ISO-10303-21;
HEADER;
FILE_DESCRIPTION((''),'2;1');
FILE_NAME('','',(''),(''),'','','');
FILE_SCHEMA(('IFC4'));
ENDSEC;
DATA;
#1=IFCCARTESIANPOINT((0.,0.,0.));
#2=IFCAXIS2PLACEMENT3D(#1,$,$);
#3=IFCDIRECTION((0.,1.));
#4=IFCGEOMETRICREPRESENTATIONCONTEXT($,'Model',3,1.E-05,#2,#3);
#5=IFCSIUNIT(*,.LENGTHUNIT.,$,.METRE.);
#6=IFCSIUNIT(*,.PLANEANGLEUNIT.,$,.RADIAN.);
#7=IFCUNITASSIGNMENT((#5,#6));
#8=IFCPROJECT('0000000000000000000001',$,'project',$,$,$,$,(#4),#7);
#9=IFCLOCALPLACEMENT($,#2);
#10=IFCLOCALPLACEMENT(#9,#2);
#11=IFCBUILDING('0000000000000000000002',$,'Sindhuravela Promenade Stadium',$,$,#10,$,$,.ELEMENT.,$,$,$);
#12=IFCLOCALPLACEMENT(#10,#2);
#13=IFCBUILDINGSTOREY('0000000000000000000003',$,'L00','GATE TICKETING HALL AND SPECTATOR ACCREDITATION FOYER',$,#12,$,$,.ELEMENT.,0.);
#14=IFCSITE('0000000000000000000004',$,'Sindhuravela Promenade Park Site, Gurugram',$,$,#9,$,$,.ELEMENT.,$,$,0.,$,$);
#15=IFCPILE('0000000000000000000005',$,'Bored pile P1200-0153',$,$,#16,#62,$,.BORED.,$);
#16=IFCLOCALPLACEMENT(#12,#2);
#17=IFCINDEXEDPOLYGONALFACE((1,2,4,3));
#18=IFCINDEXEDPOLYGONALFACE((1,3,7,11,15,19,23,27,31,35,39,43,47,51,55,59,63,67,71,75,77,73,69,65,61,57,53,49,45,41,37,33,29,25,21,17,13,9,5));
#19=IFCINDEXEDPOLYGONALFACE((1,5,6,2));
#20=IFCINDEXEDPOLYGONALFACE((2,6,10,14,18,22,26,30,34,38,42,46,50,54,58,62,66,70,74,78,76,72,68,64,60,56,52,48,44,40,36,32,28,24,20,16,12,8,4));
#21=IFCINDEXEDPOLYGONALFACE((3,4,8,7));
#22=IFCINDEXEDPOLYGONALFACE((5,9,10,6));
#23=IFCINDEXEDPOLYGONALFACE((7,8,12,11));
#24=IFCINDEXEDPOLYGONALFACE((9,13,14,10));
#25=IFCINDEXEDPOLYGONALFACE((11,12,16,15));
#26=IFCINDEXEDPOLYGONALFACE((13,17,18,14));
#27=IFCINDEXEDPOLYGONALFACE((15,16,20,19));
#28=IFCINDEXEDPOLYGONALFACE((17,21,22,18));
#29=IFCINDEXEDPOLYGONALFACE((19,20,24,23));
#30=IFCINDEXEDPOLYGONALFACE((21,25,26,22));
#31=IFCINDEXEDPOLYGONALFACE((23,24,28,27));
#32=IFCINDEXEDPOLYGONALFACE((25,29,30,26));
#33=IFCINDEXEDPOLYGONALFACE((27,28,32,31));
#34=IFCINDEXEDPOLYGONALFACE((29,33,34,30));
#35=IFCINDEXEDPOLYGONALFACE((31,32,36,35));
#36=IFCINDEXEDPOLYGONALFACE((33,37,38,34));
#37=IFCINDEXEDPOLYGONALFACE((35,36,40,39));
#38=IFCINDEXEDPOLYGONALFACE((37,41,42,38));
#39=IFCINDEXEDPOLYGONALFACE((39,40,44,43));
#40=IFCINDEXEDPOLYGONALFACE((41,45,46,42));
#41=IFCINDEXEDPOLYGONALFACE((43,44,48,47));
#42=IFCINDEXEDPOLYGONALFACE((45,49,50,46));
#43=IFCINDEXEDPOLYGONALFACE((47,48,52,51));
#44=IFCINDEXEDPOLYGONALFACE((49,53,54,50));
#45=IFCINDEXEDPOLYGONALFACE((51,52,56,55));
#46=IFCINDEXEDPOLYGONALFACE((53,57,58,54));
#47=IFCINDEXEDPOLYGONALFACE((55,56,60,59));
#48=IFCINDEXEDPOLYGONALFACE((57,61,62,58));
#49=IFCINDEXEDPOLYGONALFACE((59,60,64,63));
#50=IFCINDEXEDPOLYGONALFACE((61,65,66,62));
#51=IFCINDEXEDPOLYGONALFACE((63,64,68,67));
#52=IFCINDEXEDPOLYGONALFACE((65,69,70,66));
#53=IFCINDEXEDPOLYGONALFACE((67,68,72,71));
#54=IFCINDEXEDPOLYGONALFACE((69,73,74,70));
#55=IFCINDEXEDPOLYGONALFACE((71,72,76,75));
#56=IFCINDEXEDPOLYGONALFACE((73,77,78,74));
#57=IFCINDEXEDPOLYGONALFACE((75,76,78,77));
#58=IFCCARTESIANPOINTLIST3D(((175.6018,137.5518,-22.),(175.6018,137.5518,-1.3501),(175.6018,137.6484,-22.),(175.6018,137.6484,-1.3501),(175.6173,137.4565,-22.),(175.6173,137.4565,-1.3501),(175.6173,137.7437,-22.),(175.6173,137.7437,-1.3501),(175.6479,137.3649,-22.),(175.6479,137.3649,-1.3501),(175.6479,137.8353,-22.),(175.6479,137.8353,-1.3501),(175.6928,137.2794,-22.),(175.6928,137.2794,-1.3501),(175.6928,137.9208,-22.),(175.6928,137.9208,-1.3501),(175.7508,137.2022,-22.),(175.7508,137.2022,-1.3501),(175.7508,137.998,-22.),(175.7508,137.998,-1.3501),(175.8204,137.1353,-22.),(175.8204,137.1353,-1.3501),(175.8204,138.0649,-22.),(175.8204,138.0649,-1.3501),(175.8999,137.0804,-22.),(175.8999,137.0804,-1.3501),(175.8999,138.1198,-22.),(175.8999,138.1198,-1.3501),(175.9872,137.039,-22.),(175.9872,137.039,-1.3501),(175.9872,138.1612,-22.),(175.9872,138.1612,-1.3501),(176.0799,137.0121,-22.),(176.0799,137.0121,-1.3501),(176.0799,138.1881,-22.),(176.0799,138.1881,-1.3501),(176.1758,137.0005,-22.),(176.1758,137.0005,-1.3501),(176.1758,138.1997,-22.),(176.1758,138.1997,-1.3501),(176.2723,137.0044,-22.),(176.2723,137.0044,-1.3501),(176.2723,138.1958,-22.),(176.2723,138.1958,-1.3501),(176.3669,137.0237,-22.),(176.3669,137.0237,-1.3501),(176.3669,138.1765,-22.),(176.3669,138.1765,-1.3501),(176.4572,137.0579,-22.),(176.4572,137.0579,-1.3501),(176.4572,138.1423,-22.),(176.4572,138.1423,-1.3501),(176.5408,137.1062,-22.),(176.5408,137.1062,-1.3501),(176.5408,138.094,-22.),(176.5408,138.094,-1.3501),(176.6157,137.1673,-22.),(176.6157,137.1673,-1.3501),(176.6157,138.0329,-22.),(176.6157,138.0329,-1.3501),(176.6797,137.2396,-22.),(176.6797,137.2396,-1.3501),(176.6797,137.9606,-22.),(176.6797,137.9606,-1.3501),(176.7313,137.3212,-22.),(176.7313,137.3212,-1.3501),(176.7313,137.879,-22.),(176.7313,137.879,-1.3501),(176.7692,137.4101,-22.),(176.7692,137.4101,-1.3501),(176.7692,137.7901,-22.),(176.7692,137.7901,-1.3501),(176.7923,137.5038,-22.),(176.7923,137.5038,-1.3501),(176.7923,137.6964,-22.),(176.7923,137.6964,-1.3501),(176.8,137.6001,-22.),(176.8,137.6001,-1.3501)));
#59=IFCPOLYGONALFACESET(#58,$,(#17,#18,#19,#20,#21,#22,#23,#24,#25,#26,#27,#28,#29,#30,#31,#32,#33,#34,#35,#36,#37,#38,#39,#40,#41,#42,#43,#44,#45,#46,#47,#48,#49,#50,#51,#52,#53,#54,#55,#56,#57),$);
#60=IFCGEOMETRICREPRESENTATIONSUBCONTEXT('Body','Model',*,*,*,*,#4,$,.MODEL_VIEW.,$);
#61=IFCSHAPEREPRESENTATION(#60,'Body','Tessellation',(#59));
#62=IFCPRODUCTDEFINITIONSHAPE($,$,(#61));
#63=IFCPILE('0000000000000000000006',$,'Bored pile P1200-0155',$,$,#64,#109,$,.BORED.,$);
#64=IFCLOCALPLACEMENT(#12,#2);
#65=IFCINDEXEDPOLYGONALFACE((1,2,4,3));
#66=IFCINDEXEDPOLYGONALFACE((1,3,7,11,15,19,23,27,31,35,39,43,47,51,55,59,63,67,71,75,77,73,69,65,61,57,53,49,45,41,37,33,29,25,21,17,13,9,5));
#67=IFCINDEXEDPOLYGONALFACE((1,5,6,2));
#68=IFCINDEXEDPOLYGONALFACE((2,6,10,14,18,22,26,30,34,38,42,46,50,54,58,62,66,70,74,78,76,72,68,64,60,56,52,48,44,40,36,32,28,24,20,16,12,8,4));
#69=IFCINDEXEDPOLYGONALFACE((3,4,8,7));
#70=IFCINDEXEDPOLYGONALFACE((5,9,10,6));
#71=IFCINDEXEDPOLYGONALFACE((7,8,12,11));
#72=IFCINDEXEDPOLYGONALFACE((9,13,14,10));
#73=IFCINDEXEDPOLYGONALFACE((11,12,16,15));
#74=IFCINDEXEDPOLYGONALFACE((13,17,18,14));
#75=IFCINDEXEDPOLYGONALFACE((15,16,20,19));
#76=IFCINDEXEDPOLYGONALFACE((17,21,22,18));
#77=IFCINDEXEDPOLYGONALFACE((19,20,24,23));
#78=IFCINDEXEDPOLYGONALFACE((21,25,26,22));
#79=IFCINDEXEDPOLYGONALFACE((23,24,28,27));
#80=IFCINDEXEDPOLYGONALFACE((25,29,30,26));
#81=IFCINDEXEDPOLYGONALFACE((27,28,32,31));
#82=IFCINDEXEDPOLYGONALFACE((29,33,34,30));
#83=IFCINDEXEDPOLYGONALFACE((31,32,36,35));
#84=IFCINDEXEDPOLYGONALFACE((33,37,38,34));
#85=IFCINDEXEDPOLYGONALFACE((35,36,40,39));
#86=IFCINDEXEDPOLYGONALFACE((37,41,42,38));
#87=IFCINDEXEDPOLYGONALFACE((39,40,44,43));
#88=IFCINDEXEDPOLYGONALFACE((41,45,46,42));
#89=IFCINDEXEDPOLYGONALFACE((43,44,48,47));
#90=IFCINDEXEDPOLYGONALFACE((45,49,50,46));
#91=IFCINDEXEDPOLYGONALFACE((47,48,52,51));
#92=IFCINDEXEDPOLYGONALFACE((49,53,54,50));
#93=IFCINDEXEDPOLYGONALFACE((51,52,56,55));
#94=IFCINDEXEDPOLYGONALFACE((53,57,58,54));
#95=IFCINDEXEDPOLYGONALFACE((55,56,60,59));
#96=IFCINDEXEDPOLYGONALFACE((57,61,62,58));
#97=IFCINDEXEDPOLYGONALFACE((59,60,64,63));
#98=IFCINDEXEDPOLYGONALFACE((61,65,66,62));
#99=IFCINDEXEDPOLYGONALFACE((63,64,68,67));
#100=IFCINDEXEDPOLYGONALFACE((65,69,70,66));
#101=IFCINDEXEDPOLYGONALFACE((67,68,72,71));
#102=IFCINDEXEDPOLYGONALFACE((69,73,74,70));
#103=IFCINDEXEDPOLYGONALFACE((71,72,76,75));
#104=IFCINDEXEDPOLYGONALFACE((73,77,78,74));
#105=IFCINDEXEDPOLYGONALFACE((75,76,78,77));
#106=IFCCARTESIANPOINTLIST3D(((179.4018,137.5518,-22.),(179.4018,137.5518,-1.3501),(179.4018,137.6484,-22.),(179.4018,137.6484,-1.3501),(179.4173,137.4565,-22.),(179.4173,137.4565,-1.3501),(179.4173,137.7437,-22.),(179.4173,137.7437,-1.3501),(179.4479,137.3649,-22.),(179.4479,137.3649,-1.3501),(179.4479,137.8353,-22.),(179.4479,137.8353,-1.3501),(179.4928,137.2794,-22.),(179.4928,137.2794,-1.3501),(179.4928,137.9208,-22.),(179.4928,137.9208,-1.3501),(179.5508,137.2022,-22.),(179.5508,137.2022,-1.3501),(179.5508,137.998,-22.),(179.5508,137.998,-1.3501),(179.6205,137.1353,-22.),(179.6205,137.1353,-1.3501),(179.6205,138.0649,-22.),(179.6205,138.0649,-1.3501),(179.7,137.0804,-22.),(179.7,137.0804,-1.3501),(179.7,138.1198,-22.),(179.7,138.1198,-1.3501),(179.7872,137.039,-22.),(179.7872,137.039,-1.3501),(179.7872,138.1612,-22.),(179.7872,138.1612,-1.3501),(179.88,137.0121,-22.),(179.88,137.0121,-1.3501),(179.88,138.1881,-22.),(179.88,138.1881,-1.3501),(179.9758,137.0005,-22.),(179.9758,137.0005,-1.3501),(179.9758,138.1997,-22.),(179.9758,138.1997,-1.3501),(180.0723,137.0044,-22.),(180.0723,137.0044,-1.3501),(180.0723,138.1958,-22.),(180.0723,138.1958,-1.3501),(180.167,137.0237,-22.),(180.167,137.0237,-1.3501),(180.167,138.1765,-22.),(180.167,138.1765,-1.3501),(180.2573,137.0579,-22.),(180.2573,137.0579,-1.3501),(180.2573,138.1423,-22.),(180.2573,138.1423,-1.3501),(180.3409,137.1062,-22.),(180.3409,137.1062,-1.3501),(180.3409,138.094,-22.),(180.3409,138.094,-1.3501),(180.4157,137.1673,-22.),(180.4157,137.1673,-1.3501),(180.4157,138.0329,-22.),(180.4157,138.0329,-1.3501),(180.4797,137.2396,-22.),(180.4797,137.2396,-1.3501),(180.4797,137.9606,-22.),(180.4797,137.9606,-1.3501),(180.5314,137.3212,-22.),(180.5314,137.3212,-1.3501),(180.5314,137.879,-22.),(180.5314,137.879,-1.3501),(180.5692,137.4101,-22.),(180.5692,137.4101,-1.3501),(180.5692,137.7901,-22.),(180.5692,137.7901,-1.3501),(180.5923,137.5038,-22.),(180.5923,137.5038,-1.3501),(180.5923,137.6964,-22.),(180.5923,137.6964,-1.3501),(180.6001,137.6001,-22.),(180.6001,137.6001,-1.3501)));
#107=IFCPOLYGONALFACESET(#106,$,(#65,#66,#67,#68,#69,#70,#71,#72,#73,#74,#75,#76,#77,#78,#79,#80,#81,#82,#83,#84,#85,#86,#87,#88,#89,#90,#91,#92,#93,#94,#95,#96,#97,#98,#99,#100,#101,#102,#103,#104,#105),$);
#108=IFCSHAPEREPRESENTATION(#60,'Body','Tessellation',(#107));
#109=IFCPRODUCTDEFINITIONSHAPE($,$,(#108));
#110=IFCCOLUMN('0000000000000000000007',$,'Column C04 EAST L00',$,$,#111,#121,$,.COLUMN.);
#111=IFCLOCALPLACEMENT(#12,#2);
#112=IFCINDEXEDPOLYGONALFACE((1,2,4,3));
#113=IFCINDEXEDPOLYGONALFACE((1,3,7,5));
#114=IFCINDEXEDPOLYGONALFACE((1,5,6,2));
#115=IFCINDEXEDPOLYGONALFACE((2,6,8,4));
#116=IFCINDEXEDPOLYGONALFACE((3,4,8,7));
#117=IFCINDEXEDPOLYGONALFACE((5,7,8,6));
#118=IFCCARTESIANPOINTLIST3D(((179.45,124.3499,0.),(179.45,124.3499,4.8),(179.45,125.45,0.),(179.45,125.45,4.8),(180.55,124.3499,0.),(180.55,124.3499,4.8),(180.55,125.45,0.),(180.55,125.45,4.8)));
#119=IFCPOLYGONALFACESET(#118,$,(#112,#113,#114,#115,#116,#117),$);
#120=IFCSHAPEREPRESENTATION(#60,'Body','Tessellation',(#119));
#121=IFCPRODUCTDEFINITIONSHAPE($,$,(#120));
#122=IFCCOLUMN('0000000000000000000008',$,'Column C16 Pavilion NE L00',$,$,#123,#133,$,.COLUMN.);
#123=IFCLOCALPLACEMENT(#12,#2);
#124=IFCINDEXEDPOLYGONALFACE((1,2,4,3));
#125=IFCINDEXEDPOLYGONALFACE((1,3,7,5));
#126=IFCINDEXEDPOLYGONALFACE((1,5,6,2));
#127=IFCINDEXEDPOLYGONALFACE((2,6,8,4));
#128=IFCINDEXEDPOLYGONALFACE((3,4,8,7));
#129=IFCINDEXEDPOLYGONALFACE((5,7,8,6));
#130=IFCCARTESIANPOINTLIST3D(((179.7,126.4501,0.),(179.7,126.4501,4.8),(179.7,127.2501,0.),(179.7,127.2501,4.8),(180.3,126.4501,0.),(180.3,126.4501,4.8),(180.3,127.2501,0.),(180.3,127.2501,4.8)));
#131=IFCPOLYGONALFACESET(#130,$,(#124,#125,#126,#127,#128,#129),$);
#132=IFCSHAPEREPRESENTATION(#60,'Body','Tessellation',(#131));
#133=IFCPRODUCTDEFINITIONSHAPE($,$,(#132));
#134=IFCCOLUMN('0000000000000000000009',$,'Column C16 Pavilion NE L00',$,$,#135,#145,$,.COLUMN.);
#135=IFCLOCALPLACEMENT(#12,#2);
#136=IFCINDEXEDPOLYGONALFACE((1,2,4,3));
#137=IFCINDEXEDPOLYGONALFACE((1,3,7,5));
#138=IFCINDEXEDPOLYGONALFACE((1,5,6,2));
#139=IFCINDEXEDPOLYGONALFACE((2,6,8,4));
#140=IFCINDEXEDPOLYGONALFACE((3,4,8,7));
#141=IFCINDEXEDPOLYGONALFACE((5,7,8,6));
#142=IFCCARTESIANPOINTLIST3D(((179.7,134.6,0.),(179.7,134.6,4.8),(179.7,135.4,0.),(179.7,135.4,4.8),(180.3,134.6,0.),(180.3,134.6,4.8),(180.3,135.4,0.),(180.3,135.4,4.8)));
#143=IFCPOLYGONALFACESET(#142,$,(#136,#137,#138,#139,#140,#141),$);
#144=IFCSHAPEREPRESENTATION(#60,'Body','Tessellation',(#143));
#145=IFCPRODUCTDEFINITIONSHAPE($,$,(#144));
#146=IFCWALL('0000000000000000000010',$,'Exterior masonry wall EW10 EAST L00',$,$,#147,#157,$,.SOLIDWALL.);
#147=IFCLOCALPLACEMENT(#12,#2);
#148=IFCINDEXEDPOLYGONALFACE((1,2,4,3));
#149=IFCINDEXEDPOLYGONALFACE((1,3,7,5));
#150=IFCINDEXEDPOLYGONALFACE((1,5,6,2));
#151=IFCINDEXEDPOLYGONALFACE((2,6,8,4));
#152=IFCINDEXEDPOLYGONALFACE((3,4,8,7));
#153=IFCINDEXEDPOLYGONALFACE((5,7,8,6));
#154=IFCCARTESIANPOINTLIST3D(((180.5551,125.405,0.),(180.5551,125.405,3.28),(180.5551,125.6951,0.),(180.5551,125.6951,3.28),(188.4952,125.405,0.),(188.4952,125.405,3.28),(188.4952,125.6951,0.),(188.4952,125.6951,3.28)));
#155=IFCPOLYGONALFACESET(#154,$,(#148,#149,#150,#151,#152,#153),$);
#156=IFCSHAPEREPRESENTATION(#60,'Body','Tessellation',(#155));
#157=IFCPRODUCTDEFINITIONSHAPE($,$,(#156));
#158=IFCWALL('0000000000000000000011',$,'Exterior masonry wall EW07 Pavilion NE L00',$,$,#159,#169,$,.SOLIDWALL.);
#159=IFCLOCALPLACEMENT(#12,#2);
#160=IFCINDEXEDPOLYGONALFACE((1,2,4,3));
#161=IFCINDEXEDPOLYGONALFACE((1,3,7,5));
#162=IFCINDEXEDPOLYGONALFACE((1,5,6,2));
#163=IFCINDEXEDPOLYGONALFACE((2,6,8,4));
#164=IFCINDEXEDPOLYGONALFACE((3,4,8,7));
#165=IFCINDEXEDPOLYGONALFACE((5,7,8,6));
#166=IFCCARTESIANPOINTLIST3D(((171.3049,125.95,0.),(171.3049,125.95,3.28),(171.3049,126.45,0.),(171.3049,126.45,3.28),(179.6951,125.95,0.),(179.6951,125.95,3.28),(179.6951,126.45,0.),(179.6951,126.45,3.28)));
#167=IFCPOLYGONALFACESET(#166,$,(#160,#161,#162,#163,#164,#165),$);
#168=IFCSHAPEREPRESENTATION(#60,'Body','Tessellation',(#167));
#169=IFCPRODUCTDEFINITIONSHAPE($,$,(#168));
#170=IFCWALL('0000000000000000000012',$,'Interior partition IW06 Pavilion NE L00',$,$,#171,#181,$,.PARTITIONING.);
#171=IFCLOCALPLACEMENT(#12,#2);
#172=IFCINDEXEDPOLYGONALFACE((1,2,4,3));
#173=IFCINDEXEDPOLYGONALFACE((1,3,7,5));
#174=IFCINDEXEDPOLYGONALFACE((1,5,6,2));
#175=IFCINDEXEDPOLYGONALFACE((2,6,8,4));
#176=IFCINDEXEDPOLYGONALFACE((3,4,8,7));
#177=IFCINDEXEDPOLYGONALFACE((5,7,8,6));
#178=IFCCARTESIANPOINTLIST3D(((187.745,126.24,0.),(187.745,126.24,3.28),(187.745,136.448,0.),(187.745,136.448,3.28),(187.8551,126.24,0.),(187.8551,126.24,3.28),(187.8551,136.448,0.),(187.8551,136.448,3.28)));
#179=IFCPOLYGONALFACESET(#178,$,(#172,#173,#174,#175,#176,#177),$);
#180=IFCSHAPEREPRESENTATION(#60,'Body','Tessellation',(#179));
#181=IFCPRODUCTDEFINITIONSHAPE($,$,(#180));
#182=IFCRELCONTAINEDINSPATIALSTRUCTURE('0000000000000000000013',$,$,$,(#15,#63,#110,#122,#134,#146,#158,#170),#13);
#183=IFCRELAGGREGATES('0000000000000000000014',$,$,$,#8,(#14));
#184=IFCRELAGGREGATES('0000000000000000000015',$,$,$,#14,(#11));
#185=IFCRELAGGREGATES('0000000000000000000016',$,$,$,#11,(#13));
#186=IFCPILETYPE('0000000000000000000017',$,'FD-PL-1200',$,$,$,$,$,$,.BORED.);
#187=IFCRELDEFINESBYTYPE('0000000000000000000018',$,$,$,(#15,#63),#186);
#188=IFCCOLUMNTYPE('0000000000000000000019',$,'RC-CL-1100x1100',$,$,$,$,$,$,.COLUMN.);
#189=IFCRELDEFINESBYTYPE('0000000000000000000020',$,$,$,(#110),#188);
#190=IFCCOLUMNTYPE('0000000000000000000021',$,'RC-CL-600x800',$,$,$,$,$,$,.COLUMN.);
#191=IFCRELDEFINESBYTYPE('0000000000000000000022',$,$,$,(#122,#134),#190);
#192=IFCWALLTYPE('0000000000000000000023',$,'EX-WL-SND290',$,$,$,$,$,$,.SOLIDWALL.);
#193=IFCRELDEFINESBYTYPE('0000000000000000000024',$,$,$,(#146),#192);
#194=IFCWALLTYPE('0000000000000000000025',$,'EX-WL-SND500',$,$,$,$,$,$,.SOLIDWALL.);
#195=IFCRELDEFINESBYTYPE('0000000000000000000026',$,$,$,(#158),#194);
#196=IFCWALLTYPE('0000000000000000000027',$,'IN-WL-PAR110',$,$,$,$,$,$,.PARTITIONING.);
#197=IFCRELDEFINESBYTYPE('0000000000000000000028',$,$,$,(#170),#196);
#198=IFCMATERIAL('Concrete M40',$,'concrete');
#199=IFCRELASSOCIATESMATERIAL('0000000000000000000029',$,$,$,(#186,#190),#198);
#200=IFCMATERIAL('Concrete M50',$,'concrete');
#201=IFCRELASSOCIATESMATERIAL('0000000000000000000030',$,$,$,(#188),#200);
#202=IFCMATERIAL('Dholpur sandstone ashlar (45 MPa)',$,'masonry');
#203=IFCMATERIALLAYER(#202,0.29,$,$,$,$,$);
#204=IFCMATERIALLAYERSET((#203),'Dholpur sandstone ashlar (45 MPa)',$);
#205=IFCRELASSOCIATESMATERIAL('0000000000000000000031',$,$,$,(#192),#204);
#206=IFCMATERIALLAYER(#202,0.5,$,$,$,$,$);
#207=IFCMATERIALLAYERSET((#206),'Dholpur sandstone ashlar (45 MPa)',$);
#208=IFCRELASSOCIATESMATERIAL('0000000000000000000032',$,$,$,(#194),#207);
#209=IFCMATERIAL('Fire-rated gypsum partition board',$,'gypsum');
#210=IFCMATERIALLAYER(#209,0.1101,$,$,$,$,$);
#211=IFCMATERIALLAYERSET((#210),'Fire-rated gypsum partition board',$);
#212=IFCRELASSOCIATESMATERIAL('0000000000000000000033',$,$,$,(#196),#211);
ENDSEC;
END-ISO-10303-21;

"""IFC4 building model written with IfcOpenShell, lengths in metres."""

from ifc_helpers import new_model, si_unit, direction, frame, frame_2d, origin, origin_2d, place, context, subcontext, project, spatial, rectangle, circle, extrude, material, layer, layer_set, material_profile, profile_set, type_object, element, save


model = new_model("IFC4")

# Units and contexts
model_context = context("Model", 3, precision=1e-05, world=origin(), true_north=direction((0.0, 1.0)))
body_context = subcontext(model_context, "Body", "Model", "MODEL_VIEW")
ifc_project = project(units=[si_unit("LENGTHUNIT", "METRE"), si_unit("PLANEANGLEUNIT", "RADIAN")], contexts=[model_context])

# Site, building, storey
site_placement = place(None, origin())
site = spatial("IfcSite", under=ifc_project, at=site_placement, Name="Sindhuravela Promenade Park Site, Gurugram", CompositionType="ELEMENT", RefElevation=0.0)
building_placement = place(site_placement, origin())
building = spatial("IfcBuilding", under=site, at=building_placement, Name="Sindhuravela Promenade Stadium", CompositionType="ELEMENT")
storey_placement = place(building_placement, origin())
storey = spatial("IfcBuildingStorey", under=building, at=storey_placement, Name="L00", Description="GATE TICKETING HALL AND SPECTATOR ACCREDITATION FOYER", CompositionType="ELEMENT", Elevation=0.0)

# Shared definitions
ifc_material_1 = material(Name="Concrete M50", Category="concrete")

# Piles
ifc_material_2 = material(Name="Concrete M40", Category="concrete")
ifc_material_profile_1 = material_profile(ifc_material_2, circle(Radius=0.6001, at=origin_2d()), Name="BORED PILE D1200")
ifc_profile_set_1 = profile_set([ifc_material_profile_1], Name="Concrete M40")
pile_type_1 = type_object("IfcPileType", Name="FD-PL-1200", PredefinedType="BORED", material=ifc_profile_set_1)
for number, where, z_axis, x_axis, name in (
    (1, (176.2, 137.6001, -1.3501), (0.0, 0.0, -1.0), (1.0, 0.0, 0.0), "Bored pile P1200-0153"),
    (2, (180.0, 137.6001, -1.3501), (0.0, 0.0, -1.0), (1.0, 0.0, 0.0), "Bored pile P1200-0155"),
):
    element("IfcPile", number, at=place(storey_placement, frame(where, z_axis=z_axis, x_axis=x_axis)), inside=storey, type_object=pile_type_1, Name=name, PredefinedType="BORED", context=body_context, shape_type="SweptSolid", body=[
        extrude(circle(Radius=0.6001, at=origin_2d()), origin(), (0.0, 0.0, 1.0), 20.6499),
    ])

# Columns
ifc_material_profile_2 = material_profile(ifc_material_1, rectangle(XDim=1.1001, YDim=1.1001, at=origin_2d()), Name="RC 1100x1100")
ifc_profile_set_2 = profile_set([ifc_material_profile_2], Name="Concrete M50")
column_type_1 = type_object("IfcColumnType", Name="RC-CL-1100x1100", PredefinedType="COLUMN", material=ifc_profile_set_2)
column_placement = place(storey_placement, frame((180.0, 124.8999, 0.0), z_axis=(0.0, 0.0, 1.0), x_axis=(1.0, 0.0, 0.0)))
element("IfcColumn", 3, at=column_placement, inside=storey, type_object=column_type_1, Name="Column C04 EAST L00", PredefinedType="COLUMN", context=body_context, shape_type="SweptSolid", body=[
    extrude(rectangle(XDim=1.1001, YDim=1.1001, at=origin_2d()), origin(), (0.0, 0.0, 1.0), 4.8),
])
ifc_material_profile_3 = material_profile(ifc_material_2, rectangle(XDim=0.6001, YDim=0.8, at=origin_2d()), Name="RC 600x800")
ifc_profile_set_3 = profile_set([ifc_material_profile_3], Name="Concrete M40")
column_type_2 = type_object("IfcColumnType", Name="RC-CL-600x800", PredefinedType="COLUMN", material=ifc_profile_set_3)
for number, where, z_axis, x_axis, name in (
    (4, (180.0, 126.8501, 0.0), (0.0, 0.0, 1.0), (1.0, 0.0, 0.0), "Column C16 Pavilion NE L00"),
    (5, (180.0, 135.0, 0.0), (0.0, 0.0, 1.0), (1.0, 0.0, 0.0), "Column C16 Pavilion NE L00"),
):
    element("IfcColumn", number, at=place(storey_placement, frame(where, z_axis=z_axis, x_axis=x_axis)), inside=storey, type_object=column_type_2, Name=name, PredefinedType="COLUMN", context=body_context, shape_type="SweptSolid", body=[
        extrude(rectangle(XDim=0.6001, YDim=0.8, at=origin_2d()), origin(), (0.0, 0.0, 1.0), 4.8),
    ])

# Walls
ifc_material_3 = material(Name="Dholpur sandstone ashlar (45 MPa)", Category="masonry")
ifc_layer_1 = layer(ifc_material_3, 0.29)
ifc_layer_set_1 = layer_set([ifc_layer_1], Name="Dholpur sandstone ashlar (45 MPa)")
wall_type_1 = type_object("IfcWallType", Name="EX-WL-SND290", PredefinedType="SOLIDWALL", material=ifc_layer_set_1)
wall_1_placement = place(storey_placement, frame((180.5549, 125.55, 0.0), z_axis=(0.0, 0.0, 1.0), x_axis=(1.0, 0.0, 0.0)))
element("IfcWall", 6, at=wall_1_placement, inside=storey, type_object=wall_type_1, Name="Exterior masonry wall EW10 EAST L00", PredefinedType="SOLIDWALL", context=body_context, shape_type="SweptSolid", body=[
    extrude(rectangle(XDim=7.9402, YDim=0.29, at=frame_2d((3.9702, 0.0))), origin(), (0.0, 0.0, 1.0), 3.28),
])
ifc_layer_2 = layer(ifc_material_3, 0.5)
ifc_layer_set_2 = layer_set([ifc_layer_2], Name="Dholpur sandstone ashlar (45 MPa)")
wall_type_2 = type_object("IfcWallType", Name="EX-WL-SND500", PredefinedType="SOLIDWALL", material=ifc_layer_set_2)
wall_2_placement = place(storey_placement, frame((179.6951, 126.2, 0.0), z_axis=(0.0, 0.0, 1.0), x_axis=(-1.0, 0.0, 0.0)))
element("IfcWall", 7, at=wall_2_placement, inside=storey, type_object=wall_type_2, Name="Exterior masonry wall EW07 Pavilion NE L00", PredefinedType="SOLIDWALL", context=body_context, shape_type="SweptSolid", body=[
    extrude(rectangle(XDim=8.3901, YDim=0.5, at=frame_2d((4.1951, 0.0))), origin(), (0.0, 0.0, 1.0), 3.28),
])
ifc_material_4 = material(Name="Fire-rated gypsum partition board", Category="gypsum")
ifc_layer_3 = layer(ifc_material_4, 0.1101)
ifc_layer_set_3 = layer_set([ifc_layer_3], Name="Fire-rated gypsum partition board")
wall_type_3 = type_object("IfcWallType", Name="IN-WL-PAR110", PredefinedType="PARTITIONING", material=ifc_layer_set_3)
wall_3_placement = place(storey_placement, frame((187.8, 126.24, 0.0), z_axis=(0.0, 0.0, 1.0), x_axis=(0.0, 1.0, 0.0)))
element("IfcWall", 8, at=wall_3_placement, inside=storey, type_object=wall_type_3, Name="Interior partition IW06 Pavilion NE L00", PredefinedType="PARTITIONING", context=body_context, shape_type="SweptSolid", body=[
    extrude(rectangle(XDim=10.208, YDim=0.1101, at=frame_2d((5.104, 0.0))), origin(), (0.0, 0.0, 1.0), 3.28),
])

save(model, "model.ifc")
